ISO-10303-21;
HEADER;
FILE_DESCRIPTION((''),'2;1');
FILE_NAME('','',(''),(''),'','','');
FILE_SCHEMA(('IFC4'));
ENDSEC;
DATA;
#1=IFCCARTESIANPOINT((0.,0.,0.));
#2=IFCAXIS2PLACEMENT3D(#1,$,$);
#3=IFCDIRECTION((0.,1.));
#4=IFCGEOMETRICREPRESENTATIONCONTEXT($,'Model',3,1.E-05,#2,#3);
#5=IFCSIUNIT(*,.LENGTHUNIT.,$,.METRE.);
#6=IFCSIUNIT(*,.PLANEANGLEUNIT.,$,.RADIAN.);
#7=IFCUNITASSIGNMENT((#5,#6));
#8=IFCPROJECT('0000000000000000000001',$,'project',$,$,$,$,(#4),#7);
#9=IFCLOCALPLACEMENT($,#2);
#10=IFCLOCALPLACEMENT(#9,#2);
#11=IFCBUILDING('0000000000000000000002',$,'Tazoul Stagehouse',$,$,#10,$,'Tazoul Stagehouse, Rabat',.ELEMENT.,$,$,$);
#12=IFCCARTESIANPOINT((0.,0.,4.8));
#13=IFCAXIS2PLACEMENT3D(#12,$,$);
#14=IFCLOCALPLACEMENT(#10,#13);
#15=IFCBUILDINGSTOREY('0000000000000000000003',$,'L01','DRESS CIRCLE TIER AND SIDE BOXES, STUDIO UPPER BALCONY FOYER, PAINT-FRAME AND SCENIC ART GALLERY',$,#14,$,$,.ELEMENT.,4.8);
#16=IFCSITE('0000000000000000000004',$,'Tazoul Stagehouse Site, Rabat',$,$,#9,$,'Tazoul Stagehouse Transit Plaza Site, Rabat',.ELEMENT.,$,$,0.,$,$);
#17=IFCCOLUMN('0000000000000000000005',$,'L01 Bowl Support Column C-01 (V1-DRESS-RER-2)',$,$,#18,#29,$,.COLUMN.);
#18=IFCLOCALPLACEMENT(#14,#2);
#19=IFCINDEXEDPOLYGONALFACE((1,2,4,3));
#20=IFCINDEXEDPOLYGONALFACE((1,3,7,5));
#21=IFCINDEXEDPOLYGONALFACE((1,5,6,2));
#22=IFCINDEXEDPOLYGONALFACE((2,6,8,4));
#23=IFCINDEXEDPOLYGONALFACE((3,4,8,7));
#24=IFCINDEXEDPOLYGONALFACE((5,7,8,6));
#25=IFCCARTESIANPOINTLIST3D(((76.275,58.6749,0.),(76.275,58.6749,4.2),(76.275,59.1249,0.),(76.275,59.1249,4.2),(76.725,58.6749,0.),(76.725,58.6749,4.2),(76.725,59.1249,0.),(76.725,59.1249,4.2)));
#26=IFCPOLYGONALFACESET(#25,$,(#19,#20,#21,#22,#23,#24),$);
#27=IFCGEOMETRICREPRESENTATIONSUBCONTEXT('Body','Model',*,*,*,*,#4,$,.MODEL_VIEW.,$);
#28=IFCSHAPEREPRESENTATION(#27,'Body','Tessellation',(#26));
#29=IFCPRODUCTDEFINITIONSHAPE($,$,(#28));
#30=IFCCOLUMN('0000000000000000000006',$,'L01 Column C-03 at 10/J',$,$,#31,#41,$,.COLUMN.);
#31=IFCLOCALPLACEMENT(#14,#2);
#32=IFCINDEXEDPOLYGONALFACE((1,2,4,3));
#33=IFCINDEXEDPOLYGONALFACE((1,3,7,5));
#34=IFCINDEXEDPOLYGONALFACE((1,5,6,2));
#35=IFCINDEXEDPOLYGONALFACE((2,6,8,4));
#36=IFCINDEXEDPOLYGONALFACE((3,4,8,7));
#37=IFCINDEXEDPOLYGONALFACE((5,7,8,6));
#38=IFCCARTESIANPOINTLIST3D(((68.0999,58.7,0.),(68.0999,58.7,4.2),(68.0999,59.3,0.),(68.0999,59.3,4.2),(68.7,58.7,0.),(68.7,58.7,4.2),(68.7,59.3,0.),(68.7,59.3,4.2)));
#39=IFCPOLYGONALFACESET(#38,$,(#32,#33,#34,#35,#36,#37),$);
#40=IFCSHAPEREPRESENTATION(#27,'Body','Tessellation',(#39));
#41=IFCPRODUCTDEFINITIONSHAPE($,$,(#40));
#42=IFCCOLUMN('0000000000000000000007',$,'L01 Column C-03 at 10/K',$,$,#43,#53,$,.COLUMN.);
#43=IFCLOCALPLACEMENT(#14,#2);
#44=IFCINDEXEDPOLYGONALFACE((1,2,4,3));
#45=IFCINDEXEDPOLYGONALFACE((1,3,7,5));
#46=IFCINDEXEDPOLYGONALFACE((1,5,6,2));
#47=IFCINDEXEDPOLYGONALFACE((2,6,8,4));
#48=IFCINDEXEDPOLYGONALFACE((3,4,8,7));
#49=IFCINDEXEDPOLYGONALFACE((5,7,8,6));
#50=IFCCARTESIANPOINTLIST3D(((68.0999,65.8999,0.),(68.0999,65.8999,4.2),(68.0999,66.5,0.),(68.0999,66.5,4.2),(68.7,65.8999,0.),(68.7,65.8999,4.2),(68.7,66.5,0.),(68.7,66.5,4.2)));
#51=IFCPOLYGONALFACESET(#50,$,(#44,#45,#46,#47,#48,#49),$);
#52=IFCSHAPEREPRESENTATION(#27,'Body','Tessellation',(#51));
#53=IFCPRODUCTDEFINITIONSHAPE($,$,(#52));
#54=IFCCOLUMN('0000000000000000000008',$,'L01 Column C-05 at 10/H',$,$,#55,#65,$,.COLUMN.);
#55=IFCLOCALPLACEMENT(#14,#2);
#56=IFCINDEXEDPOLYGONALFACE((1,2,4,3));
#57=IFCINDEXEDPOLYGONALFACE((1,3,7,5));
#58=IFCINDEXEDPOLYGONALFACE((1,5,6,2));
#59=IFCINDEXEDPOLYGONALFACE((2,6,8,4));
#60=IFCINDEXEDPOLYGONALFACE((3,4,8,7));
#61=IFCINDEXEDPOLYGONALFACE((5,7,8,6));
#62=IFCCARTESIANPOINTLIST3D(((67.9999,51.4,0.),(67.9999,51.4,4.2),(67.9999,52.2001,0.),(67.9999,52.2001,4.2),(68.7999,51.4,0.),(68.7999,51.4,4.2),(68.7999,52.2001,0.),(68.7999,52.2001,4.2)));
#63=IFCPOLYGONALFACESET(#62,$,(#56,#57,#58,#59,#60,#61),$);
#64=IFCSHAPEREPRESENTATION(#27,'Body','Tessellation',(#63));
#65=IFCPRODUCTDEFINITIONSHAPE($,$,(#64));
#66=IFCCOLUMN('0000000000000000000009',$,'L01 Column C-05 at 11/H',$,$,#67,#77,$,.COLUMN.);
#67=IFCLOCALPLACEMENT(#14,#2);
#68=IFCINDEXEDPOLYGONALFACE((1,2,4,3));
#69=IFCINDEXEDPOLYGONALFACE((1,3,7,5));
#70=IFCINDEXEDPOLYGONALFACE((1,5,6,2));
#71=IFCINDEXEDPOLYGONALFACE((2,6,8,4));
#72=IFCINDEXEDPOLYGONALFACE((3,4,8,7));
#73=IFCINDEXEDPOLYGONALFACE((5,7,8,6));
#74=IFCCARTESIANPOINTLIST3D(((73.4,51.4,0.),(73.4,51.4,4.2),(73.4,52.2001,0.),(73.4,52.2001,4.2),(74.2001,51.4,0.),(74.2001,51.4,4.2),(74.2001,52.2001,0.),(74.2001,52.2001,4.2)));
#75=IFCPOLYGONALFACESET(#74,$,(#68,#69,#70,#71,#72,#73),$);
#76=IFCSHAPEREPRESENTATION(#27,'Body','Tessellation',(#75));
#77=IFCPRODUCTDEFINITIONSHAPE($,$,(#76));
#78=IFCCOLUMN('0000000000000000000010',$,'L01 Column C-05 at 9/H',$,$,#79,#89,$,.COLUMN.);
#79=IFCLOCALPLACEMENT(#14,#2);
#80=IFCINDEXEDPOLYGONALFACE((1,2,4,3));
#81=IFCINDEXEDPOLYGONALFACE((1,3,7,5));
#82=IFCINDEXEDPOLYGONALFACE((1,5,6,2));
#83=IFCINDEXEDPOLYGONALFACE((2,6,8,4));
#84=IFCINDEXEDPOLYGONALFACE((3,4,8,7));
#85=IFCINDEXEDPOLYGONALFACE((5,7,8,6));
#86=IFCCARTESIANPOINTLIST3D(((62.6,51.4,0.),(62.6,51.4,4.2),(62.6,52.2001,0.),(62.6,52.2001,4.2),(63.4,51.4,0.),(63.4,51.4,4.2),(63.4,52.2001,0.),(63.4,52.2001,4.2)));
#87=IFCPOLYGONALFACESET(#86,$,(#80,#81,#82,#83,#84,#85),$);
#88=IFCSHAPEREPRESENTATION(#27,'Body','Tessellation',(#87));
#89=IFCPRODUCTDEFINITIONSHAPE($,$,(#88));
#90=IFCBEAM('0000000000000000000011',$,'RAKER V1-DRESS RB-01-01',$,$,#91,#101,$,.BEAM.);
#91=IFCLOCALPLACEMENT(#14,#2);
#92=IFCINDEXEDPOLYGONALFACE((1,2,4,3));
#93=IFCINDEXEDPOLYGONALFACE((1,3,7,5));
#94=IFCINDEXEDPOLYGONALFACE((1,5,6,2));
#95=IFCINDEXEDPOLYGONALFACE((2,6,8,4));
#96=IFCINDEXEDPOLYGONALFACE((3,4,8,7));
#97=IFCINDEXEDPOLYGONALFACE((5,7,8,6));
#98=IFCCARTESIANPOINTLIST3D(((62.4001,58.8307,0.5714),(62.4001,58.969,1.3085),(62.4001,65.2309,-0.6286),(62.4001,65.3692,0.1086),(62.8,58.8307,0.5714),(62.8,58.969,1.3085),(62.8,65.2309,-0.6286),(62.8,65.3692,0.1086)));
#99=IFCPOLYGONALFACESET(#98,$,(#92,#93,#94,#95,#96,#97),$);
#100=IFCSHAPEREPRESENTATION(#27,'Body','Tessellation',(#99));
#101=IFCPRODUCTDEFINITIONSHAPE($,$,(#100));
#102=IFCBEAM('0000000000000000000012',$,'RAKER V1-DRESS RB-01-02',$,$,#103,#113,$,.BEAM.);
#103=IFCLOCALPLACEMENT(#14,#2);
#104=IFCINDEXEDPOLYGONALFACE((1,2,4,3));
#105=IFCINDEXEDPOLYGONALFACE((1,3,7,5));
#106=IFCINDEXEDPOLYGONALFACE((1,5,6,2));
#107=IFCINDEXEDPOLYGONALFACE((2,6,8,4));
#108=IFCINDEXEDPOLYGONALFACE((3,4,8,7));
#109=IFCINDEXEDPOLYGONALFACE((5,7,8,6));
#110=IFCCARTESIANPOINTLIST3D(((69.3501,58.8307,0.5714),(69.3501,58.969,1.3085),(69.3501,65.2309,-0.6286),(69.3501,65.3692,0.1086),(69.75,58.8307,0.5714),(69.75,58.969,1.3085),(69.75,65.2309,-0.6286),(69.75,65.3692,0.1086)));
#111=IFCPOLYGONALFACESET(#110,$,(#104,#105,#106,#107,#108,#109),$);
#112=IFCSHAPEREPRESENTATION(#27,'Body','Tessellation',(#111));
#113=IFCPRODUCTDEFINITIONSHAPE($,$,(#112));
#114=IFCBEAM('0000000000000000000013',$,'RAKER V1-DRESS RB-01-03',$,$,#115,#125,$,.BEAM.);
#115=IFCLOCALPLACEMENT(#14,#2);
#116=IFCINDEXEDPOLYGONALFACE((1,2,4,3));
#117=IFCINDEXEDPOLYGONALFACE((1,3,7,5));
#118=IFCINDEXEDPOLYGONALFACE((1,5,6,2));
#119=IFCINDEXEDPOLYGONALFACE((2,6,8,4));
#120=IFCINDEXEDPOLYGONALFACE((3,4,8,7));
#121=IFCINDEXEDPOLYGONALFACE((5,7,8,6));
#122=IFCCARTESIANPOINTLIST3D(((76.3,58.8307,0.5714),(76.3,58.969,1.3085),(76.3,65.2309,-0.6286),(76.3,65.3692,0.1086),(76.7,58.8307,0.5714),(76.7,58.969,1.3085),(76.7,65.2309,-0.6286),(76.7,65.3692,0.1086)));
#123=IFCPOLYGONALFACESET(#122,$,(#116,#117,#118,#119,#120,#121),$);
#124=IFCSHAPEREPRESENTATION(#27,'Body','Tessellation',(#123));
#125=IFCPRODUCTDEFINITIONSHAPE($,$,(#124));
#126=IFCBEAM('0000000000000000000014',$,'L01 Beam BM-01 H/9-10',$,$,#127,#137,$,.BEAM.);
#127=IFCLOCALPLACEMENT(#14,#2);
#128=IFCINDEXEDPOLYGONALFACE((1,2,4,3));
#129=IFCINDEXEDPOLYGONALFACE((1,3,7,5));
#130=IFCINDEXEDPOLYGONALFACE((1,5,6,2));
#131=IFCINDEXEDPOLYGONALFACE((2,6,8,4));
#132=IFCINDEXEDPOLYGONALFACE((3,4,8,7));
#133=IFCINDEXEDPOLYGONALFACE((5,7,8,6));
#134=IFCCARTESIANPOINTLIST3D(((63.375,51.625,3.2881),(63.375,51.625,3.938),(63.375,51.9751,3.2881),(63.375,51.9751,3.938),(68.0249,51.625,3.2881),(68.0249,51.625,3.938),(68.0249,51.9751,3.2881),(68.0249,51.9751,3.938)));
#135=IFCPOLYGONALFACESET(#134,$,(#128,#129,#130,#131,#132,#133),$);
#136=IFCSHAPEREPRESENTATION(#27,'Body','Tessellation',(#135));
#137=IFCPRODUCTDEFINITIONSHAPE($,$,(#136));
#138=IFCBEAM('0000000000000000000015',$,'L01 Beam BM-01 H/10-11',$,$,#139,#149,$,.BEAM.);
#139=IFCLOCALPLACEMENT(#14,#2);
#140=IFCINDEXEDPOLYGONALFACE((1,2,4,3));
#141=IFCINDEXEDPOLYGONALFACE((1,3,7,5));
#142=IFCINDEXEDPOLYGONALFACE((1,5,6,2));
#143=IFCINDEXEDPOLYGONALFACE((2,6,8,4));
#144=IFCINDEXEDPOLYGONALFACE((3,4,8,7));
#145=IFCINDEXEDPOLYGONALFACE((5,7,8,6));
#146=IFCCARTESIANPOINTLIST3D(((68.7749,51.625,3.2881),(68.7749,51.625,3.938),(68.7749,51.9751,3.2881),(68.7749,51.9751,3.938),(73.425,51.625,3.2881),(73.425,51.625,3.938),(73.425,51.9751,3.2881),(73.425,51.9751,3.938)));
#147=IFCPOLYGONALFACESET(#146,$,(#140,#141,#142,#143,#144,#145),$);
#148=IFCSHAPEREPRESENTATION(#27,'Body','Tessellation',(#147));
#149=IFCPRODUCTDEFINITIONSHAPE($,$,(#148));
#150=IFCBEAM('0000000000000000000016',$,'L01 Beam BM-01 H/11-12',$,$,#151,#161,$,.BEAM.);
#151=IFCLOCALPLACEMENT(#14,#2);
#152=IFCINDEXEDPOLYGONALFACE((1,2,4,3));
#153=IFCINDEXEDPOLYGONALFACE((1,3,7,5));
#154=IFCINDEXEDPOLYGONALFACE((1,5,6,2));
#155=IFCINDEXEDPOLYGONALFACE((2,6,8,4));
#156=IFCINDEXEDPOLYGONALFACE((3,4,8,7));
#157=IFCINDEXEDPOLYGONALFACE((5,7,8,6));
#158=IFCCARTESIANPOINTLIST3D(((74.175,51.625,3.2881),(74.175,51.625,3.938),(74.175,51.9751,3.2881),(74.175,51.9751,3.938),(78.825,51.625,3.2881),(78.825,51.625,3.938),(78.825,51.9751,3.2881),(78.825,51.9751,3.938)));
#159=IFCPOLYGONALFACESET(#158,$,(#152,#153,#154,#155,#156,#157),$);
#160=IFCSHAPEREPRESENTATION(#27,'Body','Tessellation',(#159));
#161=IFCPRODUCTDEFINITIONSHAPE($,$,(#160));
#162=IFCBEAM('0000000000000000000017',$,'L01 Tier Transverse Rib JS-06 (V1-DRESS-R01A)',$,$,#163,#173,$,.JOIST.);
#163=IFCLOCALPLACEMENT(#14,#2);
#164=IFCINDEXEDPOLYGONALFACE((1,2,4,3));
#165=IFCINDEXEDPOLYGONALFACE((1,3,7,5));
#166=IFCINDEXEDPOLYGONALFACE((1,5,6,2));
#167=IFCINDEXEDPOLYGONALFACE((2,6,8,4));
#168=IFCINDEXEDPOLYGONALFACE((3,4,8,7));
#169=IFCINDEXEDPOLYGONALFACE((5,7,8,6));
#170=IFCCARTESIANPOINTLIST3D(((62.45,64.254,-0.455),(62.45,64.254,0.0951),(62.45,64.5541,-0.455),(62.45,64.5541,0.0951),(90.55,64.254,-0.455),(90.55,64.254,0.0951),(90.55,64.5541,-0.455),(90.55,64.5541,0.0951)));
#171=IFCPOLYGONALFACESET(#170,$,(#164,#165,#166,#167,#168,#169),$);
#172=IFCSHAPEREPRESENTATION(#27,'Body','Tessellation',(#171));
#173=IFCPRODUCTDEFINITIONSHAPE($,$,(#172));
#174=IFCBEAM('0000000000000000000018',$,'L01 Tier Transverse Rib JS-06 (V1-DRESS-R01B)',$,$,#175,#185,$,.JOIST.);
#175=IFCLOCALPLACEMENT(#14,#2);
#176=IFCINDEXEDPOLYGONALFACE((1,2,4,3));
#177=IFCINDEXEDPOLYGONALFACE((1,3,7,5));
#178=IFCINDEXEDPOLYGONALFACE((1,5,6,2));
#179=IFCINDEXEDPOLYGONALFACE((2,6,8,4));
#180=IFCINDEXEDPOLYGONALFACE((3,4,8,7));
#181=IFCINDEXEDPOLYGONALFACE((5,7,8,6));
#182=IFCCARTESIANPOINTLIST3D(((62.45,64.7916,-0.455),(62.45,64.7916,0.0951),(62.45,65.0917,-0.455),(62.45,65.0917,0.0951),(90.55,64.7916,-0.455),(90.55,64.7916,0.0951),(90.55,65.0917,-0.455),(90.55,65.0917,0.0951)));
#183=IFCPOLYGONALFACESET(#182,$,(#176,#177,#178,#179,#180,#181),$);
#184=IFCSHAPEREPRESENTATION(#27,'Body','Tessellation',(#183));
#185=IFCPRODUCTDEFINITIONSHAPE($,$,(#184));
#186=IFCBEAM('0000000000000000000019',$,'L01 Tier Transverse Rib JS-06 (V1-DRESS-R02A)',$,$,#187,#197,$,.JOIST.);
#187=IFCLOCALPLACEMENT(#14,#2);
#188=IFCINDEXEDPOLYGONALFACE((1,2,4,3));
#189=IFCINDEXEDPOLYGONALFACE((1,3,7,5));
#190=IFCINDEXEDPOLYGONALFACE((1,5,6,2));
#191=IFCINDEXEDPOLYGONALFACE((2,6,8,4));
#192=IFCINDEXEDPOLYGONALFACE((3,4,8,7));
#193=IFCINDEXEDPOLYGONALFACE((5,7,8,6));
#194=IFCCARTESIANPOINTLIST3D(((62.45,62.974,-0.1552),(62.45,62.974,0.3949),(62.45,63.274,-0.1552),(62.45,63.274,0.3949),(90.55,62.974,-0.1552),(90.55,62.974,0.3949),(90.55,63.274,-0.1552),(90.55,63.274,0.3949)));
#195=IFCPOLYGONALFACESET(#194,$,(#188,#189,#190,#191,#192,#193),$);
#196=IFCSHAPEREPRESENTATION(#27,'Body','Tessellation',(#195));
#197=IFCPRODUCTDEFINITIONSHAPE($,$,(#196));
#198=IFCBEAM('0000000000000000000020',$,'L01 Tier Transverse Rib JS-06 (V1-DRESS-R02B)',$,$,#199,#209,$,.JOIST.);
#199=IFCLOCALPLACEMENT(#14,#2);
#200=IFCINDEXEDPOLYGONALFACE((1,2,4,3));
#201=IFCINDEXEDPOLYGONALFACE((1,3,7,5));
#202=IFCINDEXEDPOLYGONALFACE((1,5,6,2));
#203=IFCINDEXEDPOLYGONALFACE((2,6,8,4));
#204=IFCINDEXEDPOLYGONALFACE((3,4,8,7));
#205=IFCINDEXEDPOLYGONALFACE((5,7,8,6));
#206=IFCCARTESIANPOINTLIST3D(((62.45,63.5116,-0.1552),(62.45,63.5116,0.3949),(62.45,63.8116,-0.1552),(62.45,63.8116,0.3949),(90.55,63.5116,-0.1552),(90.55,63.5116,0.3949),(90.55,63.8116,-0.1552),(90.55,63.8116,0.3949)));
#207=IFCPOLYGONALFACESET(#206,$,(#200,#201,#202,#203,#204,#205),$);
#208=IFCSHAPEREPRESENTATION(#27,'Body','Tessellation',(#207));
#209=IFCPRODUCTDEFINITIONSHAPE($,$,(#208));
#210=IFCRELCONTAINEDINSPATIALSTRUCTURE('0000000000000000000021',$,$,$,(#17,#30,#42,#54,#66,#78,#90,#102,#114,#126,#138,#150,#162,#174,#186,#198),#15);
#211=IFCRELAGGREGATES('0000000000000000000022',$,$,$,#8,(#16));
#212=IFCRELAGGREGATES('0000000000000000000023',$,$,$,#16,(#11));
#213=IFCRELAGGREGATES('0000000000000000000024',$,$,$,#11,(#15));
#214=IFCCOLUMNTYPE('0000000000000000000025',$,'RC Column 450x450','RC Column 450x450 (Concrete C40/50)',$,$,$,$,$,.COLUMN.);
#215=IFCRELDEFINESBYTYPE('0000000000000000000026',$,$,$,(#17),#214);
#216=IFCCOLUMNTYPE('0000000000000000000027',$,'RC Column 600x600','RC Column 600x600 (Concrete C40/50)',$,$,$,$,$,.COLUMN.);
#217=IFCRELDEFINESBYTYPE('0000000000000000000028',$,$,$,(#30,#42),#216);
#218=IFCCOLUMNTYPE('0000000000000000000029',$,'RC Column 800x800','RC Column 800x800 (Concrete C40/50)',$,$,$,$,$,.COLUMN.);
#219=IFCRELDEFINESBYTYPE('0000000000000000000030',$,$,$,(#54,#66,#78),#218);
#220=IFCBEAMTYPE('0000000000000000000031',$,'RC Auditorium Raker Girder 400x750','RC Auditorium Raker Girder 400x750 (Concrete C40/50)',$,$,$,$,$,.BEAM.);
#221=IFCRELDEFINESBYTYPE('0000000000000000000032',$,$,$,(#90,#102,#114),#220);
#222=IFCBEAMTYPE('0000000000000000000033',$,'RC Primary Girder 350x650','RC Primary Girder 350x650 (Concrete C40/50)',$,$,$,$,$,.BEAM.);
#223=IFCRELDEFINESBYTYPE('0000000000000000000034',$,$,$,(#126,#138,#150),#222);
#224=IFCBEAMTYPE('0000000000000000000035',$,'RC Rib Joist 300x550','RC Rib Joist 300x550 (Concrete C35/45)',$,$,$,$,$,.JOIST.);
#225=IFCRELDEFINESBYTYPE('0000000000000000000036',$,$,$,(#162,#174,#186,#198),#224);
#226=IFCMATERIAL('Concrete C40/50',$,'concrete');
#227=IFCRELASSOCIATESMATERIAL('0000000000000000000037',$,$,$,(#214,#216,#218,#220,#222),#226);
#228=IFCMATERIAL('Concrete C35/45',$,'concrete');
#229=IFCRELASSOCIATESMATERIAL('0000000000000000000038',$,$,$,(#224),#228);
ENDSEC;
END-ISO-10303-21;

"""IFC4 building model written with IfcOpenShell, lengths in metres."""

from ifc_helpers import new_model, si_unit, direction, frame, origin, origin_2d, place, context, subcontext, project, spatial, rectangle, extrude, material, material_profile, profile_set, type_object, element, save


model = new_model("IFC4")

# Units and contexts
model_context = context("Model", 3, precision=1e-05, world=origin(), true_north=direction((0.0, 1.0)))
body_context = subcontext(model_context, "Body", "Model", "MODEL_VIEW")
ifc_project = project(units=[si_unit("LENGTHUNIT", "METRE"), si_unit("PLANEANGLEUNIT", "RADIAN")], contexts=[model_context])

# Site, building, storey
site_placement = place(None, origin())
site = spatial("IfcSite", under=ifc_project, at=site_placement, Name="Tazoul Stagehouse Site, Rabat", LongName="Tazoul Stagehouse Transit Plaza Site, Rabat", CompositionType="ELEMENT", RefElevation=0.0)
building_placement = place(site_placement, origin())
building = spatial("IfcBuilding", under=site, at=building_placement, Name="Tazoul Stagehouse", LongName="Tazoul Stagehouse, Rabat", CompositionType="ELEMENT")
storey_placement = place(building_placement, frame((0.0, 0.0, 4.8)))
storey = spatial("IfcBuildingStorey", under=building, at=storey_placement, Name="L01", Description="DRESS CIRCLE TIER AND SIDE BOXES, STUDIO UPPER BALCONY FOYER, PAINT-FRAME AND SCENIC ART GALLERY", CompositionType="ELEMENT", Elevation=4.8)

# Columns
ifc_material_1 = material(Name="Concrete C40/50", Category="concrete")
ifc_material_profile_1 = material_profile(ifc_material_1, rectangle(XDim=0.45, YDim=0.45, at=origin_2d()), Name="RC 450x450")
ifc_profile_set_1 = profile_set([ifc_material_profile_1], Name="Concrete C40/50")
column_type_1 = type_object("IfcColumnType", Name="RC Column 450x450", Description="RC Column 450x450 (Concrete C40/50)", PredefinedType="COLUMN", material=ifc_profile_set_1)
column_placement = place(storey_placement, frame((76.5, 58.8999, 0.0), z_axis=(0.0, 0.0, 1.0), x_axis=(1.0, 0.0, 0.0)))
element("IfcColumn", 1, at=column_placement, inside=storey, type_object=column_type_1, Name="L01 Bowl Support Column C-01 (V1-DRESS-RER-2)", PredefinedType="COLUMN", context=body_context, shape_type="SweptSolid", body=[
    extrude(rectangle(XDim=0.45, YDim=0.45, at=origin_2d()), origin(), (0.0, 0.0, 1.0), 4.2),
])
ifc_material_profile_2 = material_profile(ifc_material_1, rectangle(XDim=0.6001, YDim=0.6001, at=origin_2d()), Name="RC 600x600")
ifc_profile_set_2 = profile_set([ifc_material_profile_2], Name="Concrete C40/50")
column_type_2 = type_object("IfcColumnType", Name="RC Column 600x600", Description="RC Column 600x600 (Concrete C40/50)", PredefinedType="COLUMN", material=ifc_profile_set_2)
for number, where, z_axis, x_axis, name in (
    (2, (68.3999, 59.0, 0.0), (0.0, 0.0, 1.0), (1.0, 0.0, 0.0), "L01 Column C-03 at 10/J"),
    (3, (68.3999, 66.2, 0.0), (0.0, 0.0, 1.0), (1.0, 0.0, 0.0), "L01 Column C-03 at 10/K"),
):
    element("IfcColumn", number, at=place(storey_placement, frame(where, z_axis=z_axis, x_axis=x_axis)), inside=storey, type_object=column_type_2, Name=name, PredefinedType="COLUMN", context=body_context, shape_type="SweptSolid", body=[
        extrude(rectangle(XDim=0.6001, YDim=0.6001, at=origin_2d()), origin(), (0.0, 0.0, 1.0), 4.2),
    ])
ifc_material_profile_3 = material_profile(ifc_material_1, rectangle(XDim=0.8, YDim=0.8, at=origin_2d()), Name="RC 800x800")
ifc_profile_set_3 = profile_set([ifc_material_profile_3], Name="Concrete C40/50")
column_type_3 = type_object("IfcColumnType", Name="RC Column 800x800", Description="RC Column 800x800 (Concrete C40/50)", PredefinedType="COLUMN", material=ifc_profile_set_3)
for number, where, z_axis, x_axis, name in (
    (4, (68.3999, 51.8, 0.0), (0.0, 0.0, 1.0), (1.0, 0.0, 0.0), "L01 Column C-05 at 10/H"),
    (5, (73.8, 51.8, 0.0), (0.0, 0.0, 1.0), (1.0, 0.0, 0.0), "L01 Column C-05 at 11/H"),
    (6, (63.0, 51.8, 0.0), (0.0, 0.0, 1.0), (1.0, 0.0, 0.0), "L01 Column C-05 at 9/H"),
):
    element("IfcColumn", number, at=place(storey_placement, frame(where, z_axis=z_axis, x_axis=x_axis)), inside=storey, type_object=column_type_3, Name=name, PredefinedType="COLUMN", context=body_context, shape_type="SweptSolid", body=[
        extrude(rectangle(XDim=0.8, YDim=0.8, at=origin_2d()), origin(), (0.0, 0.0, 1.0), 4.2),
    ])

# Beams
ifc_material_profile_4 = material_profile(ifc_material_1, rectangle(XDim=0.3999, YDim=0.75, at=origin_2d()), Name="RC 400x750")
ifc_profile_set_4 = profile_set([ifc_material_profile_4], Name="Concrete C40/50")
beam_type_1 = type_object("IfcBeamType", Name="RC Auditorium Raker Girder 400x750", Description="RC Auditorium Raker Girder 400x750 (Concrete C40/50)", PredefinedType="BEAM", material=ifc_profile_set_4)
for number, where, z_axis, x_axis, name in (
    (7, (62.6001, 65.3, -0.26), (0.0, -0.982874, 0.184277), (1.0, 0.0, 0.0), "RAKER V1-DRESS RB-01-01"),
    (8, (69.55, 65.3, -0.26), (0.0, -0.982874, 0.184277), (1.0, 0.0, 0.0), "RAKER V1-DRESS RB-01-02"),
    (9, (76.5, 65.3, -0.26), (0.0, -0.982874, 0.184277), (1.0, 0.0, 0.0), "RAKER V1-DRESS RB-01-03"),
):
    element("IfcBeam", number, at=place(storey_placement, frame(where, z_axis=z_axis, x_axis=x_axis)), inside=storey, type_object=beam_type_1, Name=name, PredefinedType="BEAM", context=body_context, shape_type="SweptSolid", body=[
        extrude(rectangle(XDim=0.3999, YDim=0.75, at=origin_2d()), origin(), (0.0, 0.0, 1.0), 6.5117),
    ])
ifc_material_profile_5 = material_profile(ifc_material_1, rectangle(XDim=0.3501, YDim=0.6499, at=origin_2d()), Name="RC 350x650")
ifc_profile_set_5 = profile_set([ifc_material_profile_5], Name="Concrete C40/50")
beam_type_2 = type_object("IfcBeamType", Name="RC Primary Girder 350x650", Description="RC Primary Girder 350x650 (Concrete C40/50)", PredefinedType="BEAM", material=ifc_profile_set_5)
beam_1_placement = place(storey_placement, frame((63.375, 51.8, 3.613), z_axis=(1.0, 0.0, 0.0), x_axis=(0.0, 1.0, 0.0)))
element("IfcBeam", 10, at=beam_1_placement, inside=storey, type_object=beam_type_2, Name="L01 Beam BM-01 H/9-10", PredefinedType="BEAM", context=body_context, shape_type="SweptSolid", body=[
    extrude(rectangle(XDim=0.3501, YDim=0.6499, at=origin_2d()), origin(), (0.0, 0.0, 1.0), 4.6499),
])
beam_2_placement = place(storey_placement, frame((68.7749, 51.8, 3.613), z_axis=(1.0, 0.0, 0.0), x_axis=(0.0, 1.0, 0.0)))
element("IfcBeam", 11, at=beam_2_placement, inside=storey, type_object=beam_type_2, Name="L01 Beam BM-01 H/10-11", PredefinedType="BEAM", context=body_context, shape_type="SweptSolid", body=[
    extrude(rectangle(XDim=0.3501, YDim=0.6499, at=origin_2d()), origin(), (0.0, 0.0, 1.0), 4.6501),
])
beam_3_placement = place(storey_placement, frame((74.175, 51.8, 3.613), z_axis=(1.0, 0.0, 0.0), x_axis=(0.0, 1.0, 0.0)))
element("IfcBeam", 12, at=beam_3_placement, inside=storey, type_object=beam_type_2, Name="L01 Beam BM-01 H/11-12", PredefinedType="BEAM", context=body_context, shape_type="SweptSolid", body=[
    extrude(rectangle(XDim=0.3501, YDim=0.6499, at=origin_2d()), origin(), (0.0, 0.0, 1.0), 4.6499),
])
ifc_material_2 = material(Name="Concrete C35/45", Category="concrete")
ifc_material_profile_6 = material_profile(ifc_material_2, rectangle(XDim=0.3, YDim=0.55, at=origin_2d()), Name="RC 300x550")
ifc_profile_set_6 = profile_set([ifc_material_profile_6], Name="Concrete C35/45")
beam_type_3 = type_object("IfcBeamType", Name="RC Rib Joist 300x550", Description="RC Rib Joist 300x550 (Concrete C35/45)", PredefinedType="JOIST", material=ifc_profile_set_6)
for number, where, z_axis, x_axis, name in (
    (13, (62.45, 64.4041, -0.1799), (1.0, 0.0, 0.0), (0.0, 1.0, 0.0), "L01 Tier Transverse Rib JS-06 (V1-DRESS-R01A)"),
    (14, (62.45, 64.9417, -0.1799), (1.0, 0.0, 0.0), (0.0, 1.0, 0.0), "L01 Tier Transverse Rib JS-06 (V1-DRESS-R01B)"),
    (15, (62.45, 63.124, 0.1199), (1.0, 0.0, 0.0), (0.0, 1.0, 0.0), "L01 Tier Transverse Rib JS-06 (V1-DRESS-R02A)"),
    (16, (62.45, 63.6616, 0.1199), (1.0, 0.0, 0.0), (0.0, 1.0, 0.0), "L01 Tier Transverse Rib JS-06 (V1-DRESS-R02B)"),
):
    element("IfcBeam", number, at=place(storey_placement, frame(where, z_axis=z_axis, x_axis=x_axis)), inside=storey, type_object=beam_type_3, Name=name, PredefinedType="JOIST", context=body_context, shape_type="SweptSolid", body=[
        extrude(rectangle(XDim=0.3, YDim=0.55, at=origin_2d()), origin(), (0.0, 0.0, 1.0), 28.1001),
    ])

save(model, "model.ifc")
